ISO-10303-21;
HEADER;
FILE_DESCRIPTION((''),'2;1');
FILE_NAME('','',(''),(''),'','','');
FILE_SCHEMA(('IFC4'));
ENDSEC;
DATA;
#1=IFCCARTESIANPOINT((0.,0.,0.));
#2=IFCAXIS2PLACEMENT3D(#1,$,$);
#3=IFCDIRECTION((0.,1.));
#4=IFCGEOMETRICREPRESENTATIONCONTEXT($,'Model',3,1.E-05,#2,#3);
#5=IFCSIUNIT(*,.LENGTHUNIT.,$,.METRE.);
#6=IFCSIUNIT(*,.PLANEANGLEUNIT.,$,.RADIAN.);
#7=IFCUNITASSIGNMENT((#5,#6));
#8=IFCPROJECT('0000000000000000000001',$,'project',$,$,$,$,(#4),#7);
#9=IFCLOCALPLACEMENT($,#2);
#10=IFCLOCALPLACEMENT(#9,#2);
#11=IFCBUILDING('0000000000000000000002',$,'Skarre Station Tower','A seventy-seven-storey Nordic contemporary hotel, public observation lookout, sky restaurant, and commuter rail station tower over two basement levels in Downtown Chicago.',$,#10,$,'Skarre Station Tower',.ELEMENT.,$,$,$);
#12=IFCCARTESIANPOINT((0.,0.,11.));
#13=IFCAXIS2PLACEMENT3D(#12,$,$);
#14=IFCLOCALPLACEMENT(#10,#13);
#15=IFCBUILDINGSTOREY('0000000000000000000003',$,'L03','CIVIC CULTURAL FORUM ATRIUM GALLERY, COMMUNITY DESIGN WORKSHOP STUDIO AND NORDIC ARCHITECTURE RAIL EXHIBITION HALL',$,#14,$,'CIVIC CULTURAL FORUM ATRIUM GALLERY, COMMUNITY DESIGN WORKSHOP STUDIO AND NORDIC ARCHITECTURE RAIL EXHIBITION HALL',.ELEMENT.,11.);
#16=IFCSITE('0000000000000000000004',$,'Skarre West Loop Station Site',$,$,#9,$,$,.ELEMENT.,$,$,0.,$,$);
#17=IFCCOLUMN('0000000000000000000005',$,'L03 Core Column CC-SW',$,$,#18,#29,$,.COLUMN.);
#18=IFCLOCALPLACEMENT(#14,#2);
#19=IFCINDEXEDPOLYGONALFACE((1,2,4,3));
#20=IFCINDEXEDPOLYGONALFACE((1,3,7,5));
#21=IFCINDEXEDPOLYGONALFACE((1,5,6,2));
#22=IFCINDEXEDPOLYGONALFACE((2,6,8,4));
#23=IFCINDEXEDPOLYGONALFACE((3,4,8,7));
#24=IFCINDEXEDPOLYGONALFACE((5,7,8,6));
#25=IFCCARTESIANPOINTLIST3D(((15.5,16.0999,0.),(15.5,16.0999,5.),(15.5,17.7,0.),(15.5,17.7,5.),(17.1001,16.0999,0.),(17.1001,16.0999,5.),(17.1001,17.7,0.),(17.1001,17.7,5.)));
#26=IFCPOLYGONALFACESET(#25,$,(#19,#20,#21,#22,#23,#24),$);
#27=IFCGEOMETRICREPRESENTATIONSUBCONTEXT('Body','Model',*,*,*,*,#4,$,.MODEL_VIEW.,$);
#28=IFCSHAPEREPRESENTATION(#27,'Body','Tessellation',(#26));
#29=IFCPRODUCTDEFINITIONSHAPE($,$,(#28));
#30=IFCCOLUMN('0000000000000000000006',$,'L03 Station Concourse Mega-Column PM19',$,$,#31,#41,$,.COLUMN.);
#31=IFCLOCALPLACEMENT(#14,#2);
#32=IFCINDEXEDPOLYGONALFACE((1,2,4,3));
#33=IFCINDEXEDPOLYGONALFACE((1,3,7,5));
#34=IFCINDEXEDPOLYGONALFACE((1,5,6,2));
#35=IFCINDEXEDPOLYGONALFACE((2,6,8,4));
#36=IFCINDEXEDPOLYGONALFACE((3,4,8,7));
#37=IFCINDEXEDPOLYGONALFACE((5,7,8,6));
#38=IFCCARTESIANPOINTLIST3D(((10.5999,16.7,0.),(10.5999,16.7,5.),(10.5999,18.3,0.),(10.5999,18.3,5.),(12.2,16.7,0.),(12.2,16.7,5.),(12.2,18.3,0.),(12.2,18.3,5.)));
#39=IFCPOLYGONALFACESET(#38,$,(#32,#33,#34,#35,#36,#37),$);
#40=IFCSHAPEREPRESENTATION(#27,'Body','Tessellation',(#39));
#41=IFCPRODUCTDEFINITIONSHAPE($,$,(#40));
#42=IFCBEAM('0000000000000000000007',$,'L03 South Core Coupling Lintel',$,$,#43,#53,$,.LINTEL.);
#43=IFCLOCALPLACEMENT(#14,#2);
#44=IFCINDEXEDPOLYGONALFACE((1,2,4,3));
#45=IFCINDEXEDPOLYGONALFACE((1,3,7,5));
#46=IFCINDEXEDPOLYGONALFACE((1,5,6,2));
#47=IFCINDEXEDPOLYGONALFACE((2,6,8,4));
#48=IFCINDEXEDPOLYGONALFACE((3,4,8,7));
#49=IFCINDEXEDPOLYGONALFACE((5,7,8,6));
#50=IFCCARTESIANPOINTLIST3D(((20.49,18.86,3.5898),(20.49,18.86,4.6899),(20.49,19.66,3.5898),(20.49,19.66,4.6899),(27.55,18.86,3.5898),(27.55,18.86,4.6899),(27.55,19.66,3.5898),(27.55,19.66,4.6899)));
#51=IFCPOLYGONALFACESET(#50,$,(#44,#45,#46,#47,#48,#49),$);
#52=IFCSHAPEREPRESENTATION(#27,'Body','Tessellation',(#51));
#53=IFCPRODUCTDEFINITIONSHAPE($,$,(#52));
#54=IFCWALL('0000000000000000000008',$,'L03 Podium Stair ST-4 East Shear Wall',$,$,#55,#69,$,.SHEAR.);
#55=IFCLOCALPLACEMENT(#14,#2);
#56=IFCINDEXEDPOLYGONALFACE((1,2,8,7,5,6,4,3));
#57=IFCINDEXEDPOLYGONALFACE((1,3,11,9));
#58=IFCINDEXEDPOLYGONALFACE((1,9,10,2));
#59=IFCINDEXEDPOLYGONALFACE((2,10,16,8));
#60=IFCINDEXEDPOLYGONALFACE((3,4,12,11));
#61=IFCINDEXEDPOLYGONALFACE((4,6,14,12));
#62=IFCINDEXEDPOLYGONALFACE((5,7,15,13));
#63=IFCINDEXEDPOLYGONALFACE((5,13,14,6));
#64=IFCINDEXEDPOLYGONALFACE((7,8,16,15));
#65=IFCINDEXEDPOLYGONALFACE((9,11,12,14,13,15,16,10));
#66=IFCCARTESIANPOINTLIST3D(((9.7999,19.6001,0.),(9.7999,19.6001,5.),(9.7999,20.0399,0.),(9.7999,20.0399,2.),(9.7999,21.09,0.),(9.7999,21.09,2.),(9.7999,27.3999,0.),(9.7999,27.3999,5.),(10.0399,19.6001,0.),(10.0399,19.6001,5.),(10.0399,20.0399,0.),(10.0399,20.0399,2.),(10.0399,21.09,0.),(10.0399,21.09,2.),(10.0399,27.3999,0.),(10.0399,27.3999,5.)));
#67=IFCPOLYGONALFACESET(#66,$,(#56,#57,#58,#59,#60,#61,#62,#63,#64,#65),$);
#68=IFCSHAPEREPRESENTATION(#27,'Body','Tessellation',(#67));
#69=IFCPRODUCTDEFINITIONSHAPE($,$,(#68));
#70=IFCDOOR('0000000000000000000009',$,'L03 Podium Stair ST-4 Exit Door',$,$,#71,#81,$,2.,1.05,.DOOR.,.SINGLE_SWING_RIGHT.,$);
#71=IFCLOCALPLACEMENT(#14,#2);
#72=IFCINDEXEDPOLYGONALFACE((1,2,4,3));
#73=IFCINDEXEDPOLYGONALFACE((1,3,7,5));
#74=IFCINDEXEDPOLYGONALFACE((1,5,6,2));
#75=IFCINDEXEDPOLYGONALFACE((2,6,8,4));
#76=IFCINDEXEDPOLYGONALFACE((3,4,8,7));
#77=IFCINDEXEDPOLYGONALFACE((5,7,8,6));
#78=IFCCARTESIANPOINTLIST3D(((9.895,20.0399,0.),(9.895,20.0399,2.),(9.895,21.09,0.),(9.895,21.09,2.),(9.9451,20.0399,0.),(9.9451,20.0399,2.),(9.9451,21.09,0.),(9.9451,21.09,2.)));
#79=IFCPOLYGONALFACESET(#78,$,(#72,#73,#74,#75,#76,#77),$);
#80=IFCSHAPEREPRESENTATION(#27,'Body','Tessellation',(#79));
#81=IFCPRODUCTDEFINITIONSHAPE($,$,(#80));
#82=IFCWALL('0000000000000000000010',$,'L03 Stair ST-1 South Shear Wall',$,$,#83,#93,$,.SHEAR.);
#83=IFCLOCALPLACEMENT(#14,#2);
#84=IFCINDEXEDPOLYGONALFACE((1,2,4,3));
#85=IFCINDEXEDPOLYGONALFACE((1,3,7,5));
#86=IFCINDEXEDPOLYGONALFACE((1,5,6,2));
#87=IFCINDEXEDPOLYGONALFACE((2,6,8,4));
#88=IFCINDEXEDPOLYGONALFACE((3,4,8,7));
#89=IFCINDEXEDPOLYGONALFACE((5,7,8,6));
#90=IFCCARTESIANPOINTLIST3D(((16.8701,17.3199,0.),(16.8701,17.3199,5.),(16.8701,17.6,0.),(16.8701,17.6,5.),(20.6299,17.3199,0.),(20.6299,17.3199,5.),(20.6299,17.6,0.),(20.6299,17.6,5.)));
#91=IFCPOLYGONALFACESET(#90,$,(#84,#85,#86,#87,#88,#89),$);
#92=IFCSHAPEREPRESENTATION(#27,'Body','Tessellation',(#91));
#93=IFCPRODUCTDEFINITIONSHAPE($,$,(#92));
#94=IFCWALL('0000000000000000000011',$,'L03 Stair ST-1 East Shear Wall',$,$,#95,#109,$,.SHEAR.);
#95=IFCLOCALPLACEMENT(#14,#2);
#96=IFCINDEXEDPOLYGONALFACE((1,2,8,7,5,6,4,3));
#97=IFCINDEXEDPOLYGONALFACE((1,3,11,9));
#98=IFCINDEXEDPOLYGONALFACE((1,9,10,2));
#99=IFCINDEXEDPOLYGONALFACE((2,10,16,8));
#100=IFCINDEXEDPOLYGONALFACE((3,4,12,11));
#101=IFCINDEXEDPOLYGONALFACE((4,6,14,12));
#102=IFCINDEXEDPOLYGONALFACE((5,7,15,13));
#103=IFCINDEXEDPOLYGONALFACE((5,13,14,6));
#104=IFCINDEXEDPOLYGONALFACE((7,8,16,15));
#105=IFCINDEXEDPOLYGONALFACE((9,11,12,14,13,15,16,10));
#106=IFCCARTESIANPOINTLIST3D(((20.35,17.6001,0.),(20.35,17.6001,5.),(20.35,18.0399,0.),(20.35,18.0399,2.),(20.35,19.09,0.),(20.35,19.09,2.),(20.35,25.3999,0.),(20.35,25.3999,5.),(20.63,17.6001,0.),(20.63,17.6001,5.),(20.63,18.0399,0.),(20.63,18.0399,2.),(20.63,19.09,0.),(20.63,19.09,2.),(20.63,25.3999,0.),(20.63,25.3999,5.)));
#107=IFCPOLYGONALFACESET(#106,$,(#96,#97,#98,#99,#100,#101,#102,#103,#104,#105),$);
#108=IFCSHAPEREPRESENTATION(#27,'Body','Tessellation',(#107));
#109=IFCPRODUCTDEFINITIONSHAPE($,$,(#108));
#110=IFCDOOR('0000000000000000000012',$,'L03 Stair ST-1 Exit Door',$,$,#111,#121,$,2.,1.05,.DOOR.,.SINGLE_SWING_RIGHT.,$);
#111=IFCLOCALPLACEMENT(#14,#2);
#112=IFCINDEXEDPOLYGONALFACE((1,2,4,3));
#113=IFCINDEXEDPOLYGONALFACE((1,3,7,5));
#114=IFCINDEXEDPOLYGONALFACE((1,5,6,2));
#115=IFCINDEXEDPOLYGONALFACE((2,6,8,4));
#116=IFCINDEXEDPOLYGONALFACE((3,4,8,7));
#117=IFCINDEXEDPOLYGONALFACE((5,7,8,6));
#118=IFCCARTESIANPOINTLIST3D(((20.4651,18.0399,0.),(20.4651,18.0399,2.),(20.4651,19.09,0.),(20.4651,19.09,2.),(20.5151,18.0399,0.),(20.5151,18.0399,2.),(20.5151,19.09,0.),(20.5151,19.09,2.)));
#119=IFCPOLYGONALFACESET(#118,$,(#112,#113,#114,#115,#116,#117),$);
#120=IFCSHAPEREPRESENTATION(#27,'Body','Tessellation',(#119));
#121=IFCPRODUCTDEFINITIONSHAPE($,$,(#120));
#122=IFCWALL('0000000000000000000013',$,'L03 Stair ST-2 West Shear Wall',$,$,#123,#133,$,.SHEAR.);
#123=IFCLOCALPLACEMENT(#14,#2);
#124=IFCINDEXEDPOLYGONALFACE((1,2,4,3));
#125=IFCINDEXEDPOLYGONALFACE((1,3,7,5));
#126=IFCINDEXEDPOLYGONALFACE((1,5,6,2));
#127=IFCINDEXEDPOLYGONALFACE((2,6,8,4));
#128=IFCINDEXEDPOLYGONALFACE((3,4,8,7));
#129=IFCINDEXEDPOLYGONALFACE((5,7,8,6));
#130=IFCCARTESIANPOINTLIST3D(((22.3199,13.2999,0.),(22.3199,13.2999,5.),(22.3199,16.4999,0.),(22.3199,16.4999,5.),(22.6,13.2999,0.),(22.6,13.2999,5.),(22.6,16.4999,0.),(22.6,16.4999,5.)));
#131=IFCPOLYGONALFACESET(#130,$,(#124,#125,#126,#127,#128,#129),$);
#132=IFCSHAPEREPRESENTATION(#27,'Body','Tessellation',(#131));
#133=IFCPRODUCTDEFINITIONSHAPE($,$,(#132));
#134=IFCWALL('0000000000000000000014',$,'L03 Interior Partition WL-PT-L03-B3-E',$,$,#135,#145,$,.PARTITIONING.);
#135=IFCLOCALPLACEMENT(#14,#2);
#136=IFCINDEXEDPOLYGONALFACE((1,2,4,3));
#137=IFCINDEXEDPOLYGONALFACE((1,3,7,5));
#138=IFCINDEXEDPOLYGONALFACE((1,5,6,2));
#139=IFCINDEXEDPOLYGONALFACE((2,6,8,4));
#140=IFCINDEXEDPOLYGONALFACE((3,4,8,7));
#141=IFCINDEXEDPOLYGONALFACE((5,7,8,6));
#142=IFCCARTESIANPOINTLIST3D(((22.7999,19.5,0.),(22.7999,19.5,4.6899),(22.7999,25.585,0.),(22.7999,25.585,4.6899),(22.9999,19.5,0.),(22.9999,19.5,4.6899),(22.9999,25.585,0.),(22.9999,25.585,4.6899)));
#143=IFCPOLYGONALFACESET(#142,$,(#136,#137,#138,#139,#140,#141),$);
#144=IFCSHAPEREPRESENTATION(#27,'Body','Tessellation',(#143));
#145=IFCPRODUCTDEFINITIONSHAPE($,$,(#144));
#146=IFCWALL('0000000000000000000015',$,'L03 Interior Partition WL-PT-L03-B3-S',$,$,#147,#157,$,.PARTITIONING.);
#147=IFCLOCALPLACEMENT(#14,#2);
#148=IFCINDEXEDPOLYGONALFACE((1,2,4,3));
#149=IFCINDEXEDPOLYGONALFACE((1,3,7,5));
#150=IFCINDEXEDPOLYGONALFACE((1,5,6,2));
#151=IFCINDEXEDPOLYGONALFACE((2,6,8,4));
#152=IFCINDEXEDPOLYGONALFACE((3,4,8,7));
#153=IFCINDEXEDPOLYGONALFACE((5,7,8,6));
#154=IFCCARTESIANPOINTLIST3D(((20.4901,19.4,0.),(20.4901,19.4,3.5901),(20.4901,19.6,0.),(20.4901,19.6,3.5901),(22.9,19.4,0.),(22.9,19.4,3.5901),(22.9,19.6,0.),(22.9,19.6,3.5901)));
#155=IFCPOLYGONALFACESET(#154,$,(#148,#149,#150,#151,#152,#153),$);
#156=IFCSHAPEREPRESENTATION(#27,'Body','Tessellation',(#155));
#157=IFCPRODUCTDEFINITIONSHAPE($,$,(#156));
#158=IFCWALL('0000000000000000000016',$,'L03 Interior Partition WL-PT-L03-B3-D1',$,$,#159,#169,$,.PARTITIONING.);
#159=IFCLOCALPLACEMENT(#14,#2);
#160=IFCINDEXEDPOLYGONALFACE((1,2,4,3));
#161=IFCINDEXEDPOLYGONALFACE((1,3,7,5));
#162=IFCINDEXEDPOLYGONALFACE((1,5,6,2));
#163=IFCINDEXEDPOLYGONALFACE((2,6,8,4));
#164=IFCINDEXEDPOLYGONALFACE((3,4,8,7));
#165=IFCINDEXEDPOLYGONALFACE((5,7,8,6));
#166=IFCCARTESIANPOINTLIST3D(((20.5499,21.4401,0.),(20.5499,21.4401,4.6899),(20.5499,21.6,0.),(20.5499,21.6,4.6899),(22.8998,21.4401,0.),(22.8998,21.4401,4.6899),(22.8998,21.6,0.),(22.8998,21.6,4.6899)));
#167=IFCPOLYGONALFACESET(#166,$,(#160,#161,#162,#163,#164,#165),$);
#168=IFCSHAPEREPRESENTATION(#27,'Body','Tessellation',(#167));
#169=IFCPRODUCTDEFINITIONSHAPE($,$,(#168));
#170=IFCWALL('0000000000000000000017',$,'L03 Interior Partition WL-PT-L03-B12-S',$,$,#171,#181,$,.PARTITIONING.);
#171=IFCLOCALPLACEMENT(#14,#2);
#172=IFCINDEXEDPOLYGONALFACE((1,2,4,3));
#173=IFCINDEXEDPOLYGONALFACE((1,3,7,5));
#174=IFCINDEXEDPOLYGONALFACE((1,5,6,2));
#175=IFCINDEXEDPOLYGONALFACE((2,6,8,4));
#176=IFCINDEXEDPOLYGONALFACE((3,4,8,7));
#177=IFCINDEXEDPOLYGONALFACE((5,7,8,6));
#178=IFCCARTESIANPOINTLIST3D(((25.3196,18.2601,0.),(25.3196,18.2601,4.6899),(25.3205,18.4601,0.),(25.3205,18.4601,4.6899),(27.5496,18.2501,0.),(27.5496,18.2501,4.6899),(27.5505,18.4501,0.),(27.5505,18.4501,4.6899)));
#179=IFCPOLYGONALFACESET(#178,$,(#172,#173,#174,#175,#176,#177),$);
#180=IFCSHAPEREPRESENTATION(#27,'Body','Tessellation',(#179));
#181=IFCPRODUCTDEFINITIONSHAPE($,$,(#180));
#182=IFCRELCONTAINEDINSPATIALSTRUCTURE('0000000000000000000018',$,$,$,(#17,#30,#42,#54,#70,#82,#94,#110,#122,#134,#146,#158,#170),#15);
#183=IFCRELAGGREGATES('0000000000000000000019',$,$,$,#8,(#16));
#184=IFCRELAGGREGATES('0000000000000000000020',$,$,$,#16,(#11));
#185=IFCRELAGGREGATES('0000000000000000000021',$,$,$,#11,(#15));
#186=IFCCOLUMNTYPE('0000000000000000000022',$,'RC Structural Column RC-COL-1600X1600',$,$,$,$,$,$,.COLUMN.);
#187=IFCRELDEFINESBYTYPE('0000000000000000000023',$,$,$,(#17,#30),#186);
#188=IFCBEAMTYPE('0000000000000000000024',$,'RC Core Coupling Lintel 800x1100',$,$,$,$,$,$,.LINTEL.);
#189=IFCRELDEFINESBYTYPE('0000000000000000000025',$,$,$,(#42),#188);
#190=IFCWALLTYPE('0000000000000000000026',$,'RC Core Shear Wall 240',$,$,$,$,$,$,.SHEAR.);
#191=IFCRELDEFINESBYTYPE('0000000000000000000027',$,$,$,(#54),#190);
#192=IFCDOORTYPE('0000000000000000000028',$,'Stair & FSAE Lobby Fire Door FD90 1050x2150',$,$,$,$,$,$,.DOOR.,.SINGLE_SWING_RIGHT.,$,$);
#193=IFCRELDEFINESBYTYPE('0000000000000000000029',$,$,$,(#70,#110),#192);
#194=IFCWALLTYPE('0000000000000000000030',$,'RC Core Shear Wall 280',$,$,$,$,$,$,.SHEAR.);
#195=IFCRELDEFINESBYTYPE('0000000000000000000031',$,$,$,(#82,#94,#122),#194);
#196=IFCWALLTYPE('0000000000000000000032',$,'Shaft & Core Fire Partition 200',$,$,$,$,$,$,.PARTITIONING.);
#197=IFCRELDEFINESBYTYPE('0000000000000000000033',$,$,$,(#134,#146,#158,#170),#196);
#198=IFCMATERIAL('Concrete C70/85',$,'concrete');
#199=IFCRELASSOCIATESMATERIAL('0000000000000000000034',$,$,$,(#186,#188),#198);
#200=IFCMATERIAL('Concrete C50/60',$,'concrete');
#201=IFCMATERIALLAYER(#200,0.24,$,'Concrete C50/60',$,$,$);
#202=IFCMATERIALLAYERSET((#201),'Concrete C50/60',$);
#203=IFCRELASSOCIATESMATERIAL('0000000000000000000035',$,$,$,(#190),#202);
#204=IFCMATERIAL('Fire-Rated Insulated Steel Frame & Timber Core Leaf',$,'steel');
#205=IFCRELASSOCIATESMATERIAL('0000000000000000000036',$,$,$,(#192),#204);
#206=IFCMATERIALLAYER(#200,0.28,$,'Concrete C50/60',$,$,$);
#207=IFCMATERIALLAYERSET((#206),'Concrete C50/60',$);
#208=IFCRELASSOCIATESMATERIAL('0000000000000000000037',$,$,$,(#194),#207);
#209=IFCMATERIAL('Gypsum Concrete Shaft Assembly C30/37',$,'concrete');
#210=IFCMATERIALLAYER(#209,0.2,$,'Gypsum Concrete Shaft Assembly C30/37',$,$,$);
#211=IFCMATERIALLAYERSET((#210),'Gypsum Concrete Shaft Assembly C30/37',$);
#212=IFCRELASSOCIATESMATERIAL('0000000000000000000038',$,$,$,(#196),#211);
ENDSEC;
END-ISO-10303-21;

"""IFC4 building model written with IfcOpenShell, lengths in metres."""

from ifc_helpers import new_model, si_unit, direction, frame, frame_2d, origin, origin_2d, place, context, subcontext, project, spatial, rectangle, extrude, material, layer, layer_set, material_profile, profile_set, type_object, element, fill, save


model = new_model("IFC4")

# Units and contexts
model_context = context("Model", 3, precision=1e-05, world=origin(), true_north=direction((0.0, 1.0)))
body_context = subcontext(model_context, "Body", "Model", "MODEL_VIEW")
ifc_project = project(units=[si_unit("LENGTHUNIT", "METRE"), si_unit("PLANEANGLEUNIT", "RADIAN")], contexts=[model_context])

# Site, building, storey
site_placement = place(None, origin())
site = spatial("IfcSite", under=ifc_project, at=site_placement, Name="Skarre West Loop Station Site", CompositionType="ELEMENT", RefElevation=0.0)
building_placement = place(site_placement, origin())
building = spatial("IfcBuilding", under=site, at=building_placement, Name="Skarre Station Tower", Description="A seventy-seven-storey Nordic contemporary hotel, public observation lookout, sky restaurant, and commuter rail station tower over two basement levels in Downtown Chicago.", LongName="Skarre Station Tower", CompositionType="ELEMENT")
storey_placement = place(building_placement, frame((0.0, 0.0, 11.0)))
storey = spatial("IfcBuildingStorey", under=building, at=storey_placement, Name="L03", Description="CIVIC CULTURAL FORUM ATRIUM GALLERY, COMMUNITY DESIGN WORKSHOP STUDIO AND NORDIC ARCHITECTURE RAIL EXHIBITION HALL", LongName="CIVIC CULTURAL FORUM ATRIUM GALLERY, COMMUNITY DESIGN WORKSHOP STUDIO AND NORDIC ARCHITECTURE RAIL EXHIBITION HALL", CompositionType="ELEMENT", Elevation=11.0)

# Columns
ifc_material_1 = material(Name="Concrete C70/85", Category="concrete")
ifc_material_profile_1 = material_profile(ifc_material_1, rectangle(XDim=1.6001, YDim=1.6001, at=origin_2d()), Name="Concrete C70/85")
ifc_profile_set_1 = profile_set([ifc_material_profile_1], Name="Concrete C70/85")
column_type = type_object("IfcColumnType", Name="RC Structural Column RC-COL-1600X1600", PredefinedType="COLUMN", material=ifc_profile_set_1)
for number, where, z_axis, x_axis, name in (
    (1, (16.3, 16.8999, 0.0), (0.0, 0.0, 1.0), (1.0, 0.0, 0.0), "L03 Core Column CC-SW"),
    (2, (11.3999, 17.5, 0.0), (0.0, 0.0, 1.0), (1.0, 0.0, 0.0), "L03 Station Concourse Mega-Column PM19"),
):
    element("IfcColumn", number, at=place(storey_placement, frame(where, z_axis=z_axis, x_axis=x_axis)), inside=storey, type_object=column_type, Name=name, PredefinedType="COLUMN", context=body_context, shape_type="SweptSolid", body=[
        extrude(rectangle(XDim=1.6001, YDim=1.6001, at=origin_2d()), origin(), (0.0, 0.0, 1.0), 5.0),
    ])

# Beam
ifc_material_profile_2 = material_profile(ifc_material_1, rectangle(XDim=0.8, YDim=1.1001, at=origin_2d()), Name="Concrete C70/85")
ifc_profile_set_2 = profile_set([ifc_material_profile_2], Name="Concrete C70/85")
beam_type = type_object("IfcBeamType", Name="RC Core Coupling Lintel 800x1100", PredefinedType="LINTEL", material=ifc_profile_set_2)
beam_placement = place(storey_placement, frame((20.49, 19.26, 4.1399), z_axis=(1.0, 0.0, 0.0), x_axis=(0.0, 1.0, 0.0)))
element("IfcBeam", 3, at=beam_placement, inside=storey, type_object=beam_type, Name="L03 South Core Coupling Lintel", PredefinedType="LINTEL", context=body_context, shape_type="SweptSolid", body=[
    extrude(rectangle(XDim=0.8, YDim=1.1001, at=origin_2d()), origin(), (0.0, 0.0, 1.0), 7.0601),
])

# Wall, opening, door
ifc_material_2 = material(Name="Concrete C50/60", Category="concrete")
ifc_layer_1 = layer(ifc_material_2, 0.24, Name="Concrete C50/60")
ifc_layer_set_1 = layer_set([ifc_layer_1], Name="Concrete C50/60")
wall_type_1 = type_object("IfcWallType", Name="RC Core Shear Wall 240", PredefinedType="SHEAR", material=ifc_layer_set_1)
wall_1_placement = place(storey_placement, frame((9.9199, 19.6001, 0.0), z_axis=(0.0, 0.0, 1.0), x_axis=(0.0, 1.0, 0.0)))
wall_1 = element("IfcWall", 4, at=wall_1_placement, inside=storey, type_object=wall_type_1, Name="L03 Podium Stair ST-4 East Shear Wall", PredefinedType="SHEAR", context=body_context, shape_type="SweptSolid", body=[
    extrude(rectangle(XDim=7.7998, YDim=0.24, at=frame_2d((3.8999, 0.0))), origin(), (0.0, 0.0, 1.0), 5.0),
])
opening_1_placement = place(wall_1_placement, frame((0.4399, 0.0, 0.0)))
opening_1 = element("IfcOpeningElement", 5, at=opening_1_placement, cuts=wall_1, PredefinedType="OPENING", context=body_context, shape_type="SweptSolid", body=[
    extrude(rectangle(XDim=1.05, YDim=2.0, at=frame_2d((0.5249, 1.0))), frame((0.0, 0.1299, 0.0), z_axis=(0.0, -1.0, 0.0), x_axis=(1.0, 0.0, 0.0)), (0.0, 0.0, 1.0), 0.26),
])
ifc_material_3 = material(Name="Fire-Rated Insulated Steel Frame & Timber Core Leaf", Category="steel")
door_type = type_object("IfcDoorType", Name="Stair & FSAE Lobby Fire Door FD90 1050x2150", OperationType="SINGLE_SWING_RIGHT", PredefinedType="DOOR", material=ifc_material_3)
door_1_placement = place(opening_1_placement, origin())
door_1 = element("IfcDoor", 6, at=door_1_placement, inside=storey, type_object=door_type, Name="L03 Podium Stair ST-4 Exit Door", OperationType="SINGLE_SWING_RIGHT", OverallHeight=2.0, OverallWidth=1.05, PredefinedType="DOOR", context=body_context, shape_type="SweptSolid", body=[
    extrude(rectangle(XDim=1.05, YDim=2.0, at=frame_2d((0.5249, 1.0))), frame((0.0, 0.0249, 0.0), z_axis=(0.0, -1.0, 0.0), x_axis=(1.0, 0.0, 0.0)), (0.0, 0.0, 1.0), 0.05),
])
fill(opening_1, door_1)

# Wall
ifc_layer_2 = layer(ifc_material_2, 0.28, Name="Concrete C50/60")
ifc_layer_set_2 = layer_set([ifc_layer_2], Name="Concrete C50/60")
wall_type_2 = type_object("IfcWallType", Name="RC Core Shear Wall 280", PredefinedType="SHEAR", material=ifc_layer_set_2)
wall_2_placement = place(storey_placement, frame((16.8701, 17.46, 0.0), z_axis=(0.0, 0.0, 1.0), x_axis=(1.0, 0.0, 0.0)))
element("IfcWall", 7, at=wall_2_placement, inside=storey, type_object=wall_type_2, Name="L03 Stair ST-1 South Shear Wall", PredefinedType="SHEAR", context=body_context, shape_type="SweptSolid", body=[
    extrude(rectangle(XDim=3.7598, YDim=0.28, at=frame_2d((1.8799, 0.0))), origin(), (0.0, 0.0, 1.0), 5.0),
])

# Wall, opening, door
wall_3_placement = place(storey_placement, frame((20.49, 17.6001, 0.0), z_axis=(0.0, 0.0, 1.0), x_axis=(0.0, 1.0, 0.0)))
wall_3 = element("IfcWall", 8, at=wall_3_placement, inside=storey, type_object=wall_type_2, Name="L03 Stair ST-1 East Shear Wall", PredefinedType="SHEAR", context=body_context, shape_type="SweptSolid", body=[
    extrude(rectangle(XDim=7.7998, YDim=0.28, at=frame_2d((3.8999, 0.0))), origin(), (0.0, 0.0, 1.0), 5.0),
])
opening_2_placement = place(wall_3_placement, frame((0.4399, 0.0, 0.0)))
opening_2 = element("IfcOpeningElement", 9, at=opening_2_placement, cuts=wall_3, PredefinedType="OPENING", context=body_context, shape_type="SweptSolid", body=[
    extrude(rectangle(XDim=1.05, YDim=2.0, at=frame_2d((0.5249, 1.0))), frame((0.0, 0.1499, 0.0), z_axis=(0.0, -1.0, 0.0), x_axis=(1.0, 0.0, 0.0)), (0.0, 0.0, 1.0), 0.3),
])
door_2_placement = place(opening_2_placement, origin())
door_2 = element("IfcDoor", 10, at=door_2_placement, inside=storey, type_object=door_type, Name="L03 Stair ST-1 Exit Door", OperationType="SINGLE_SWING_RIGHT", OverallHeight=2.0, OverallWidth=1.05, PredefinedType="DOOR", context=body_context, shape_type="SweptSolid", body=[
    extrude(rectangle(XDim=1.05, YDim=2.0, at=frame_2d((0.5249, 1.0))), frame((0.0, 0.0249, 0.0), z_axis=(0.0, -1.0, 0.0), x_axis=(1.0, 0.0, 0.0)), (0.0, 0.0, 1.0), 0.05),
])
fill(opening_2, door_2)

# Walls
wall_4_placement = place(storey_placement, frame((22.46, 16.5, 0.0), z_axis=(0.0, 0.0, 1.0), x_axis=(0.0, -1.0, 0.0)))
element("IfcWall", 11, at=wall_4_placement, inside=storey, type_object=wall_type_2, Name="L03 Stair ST-2 West Shear Wall", PredefinedType="SHEAR", context=body_context, shape_type="SweptSolid", body=[
    extrude(rectangle(XDim=3.2, YDim=0.28, at=frame_2d((1.6001, 0.0))), origin(), (0.0, 0.0, 1.0), 5.0),
])
ifc_material_4 = material(Name="Gypsum Concrete Shaft Assembly C30/37", Category="concrete")
ifc_layer_3 = layer(ifc_material_4, 0.2, Name="Gypsum Concrete Shaft Assembly C30/37")
ifc_layer_set_3 = layer_set([ifc_layer_3], Name="Gypsum Concrete Shaft Assembly C30/37")
wall_type_3 = type_object("IfcWallType", Name="Shaft & Core Fire Partition 200", PredefinedType="PARTITIONING", material=ifc_layer_set_3)
wall_5_placement = place(storey_placement, frame((22.8999, 19.5, 0.0), z_axis=(0.0, 0.0, 1.0), x_axis=(0.0, 1.0, 0.0)))
element("IfcWall", 12, at=wall_5_placement, inside=storey, type_object=wall_type_3, Name="L03 Interior Partition WL-PT-L03-B3-E", PredefinedType="PARTITIONING", context=body_context, shape_type="SweptSolid", body=[
    extrude(rectangle(XDim=6.085, YDim=0.2, at=frame_2d((3.0425, 0.0))), origin(), (0.0, 0.0, 1.0), 4.6899),
])
wall_6_placement = place(storey_placement, frame((20.49, 19.5, 0.0), z_axis=(0.0, 0.0, 1.0), x_axis=(1.0, 0.0, 0.0)))
element("IfcWall", 13, at=wall_6_placement, inside=storey, type_object=wall_type_3, Name="L03 Interior Partition WL-PT-L03-B3-S", PredefinedType="PARTITIONING", context=body_context, shape_type="SweptSolid", body=[
    extrude(rectangle(XDim=2.4099, YDim=0.2, at=frame_2d((1.2051, 0.0))), origin(), (0.0, 0.0, 1.0), 3.5901),
])
wall_7_placement = place(storey_placement, frame((20.55, 21.52, 0.0), z_axis=(0.0, 0.0, 1.0), x_axis=(1.0, 0.0, 0.0)))
element("IfcWall", 14, at=wall_7_placement, inside=storey, type_object=wall_type_3, Name="L03 Interior Partition WL-PT-L03-B3-D1", PredefinedType="PARTITIONING", context=body_context, shape_type="SweptSolid", body=[
    extrude(rectangle(XDim=2.3499, YDim=0.1599, at=frame_2d((1.1748, 0.0))), origin(), (0.0, 0.0, 1.0), 4.6899),
])
wall_8_placement = place(storey_placement, frame((25.3201, 18.3601, 0.0), z_axis=(0.0, 0.0, 1.0), x_axis=(0.99999, -0.004489, 0.0)))
element("IfcWall", 15, at=wall_8_placement, inside=storey, type_object=wall_type_3, Name="L03 Interior Partition WL-PT-L03-B12-S", PredefinedType="PARTITIONING", context=body_context, shape_type="SweptSolid", body=[
    extrude(rectangle(XDim=2.23, YDim=0.2, at=frame_2d((1.115, 0.0))), origin(), (0.0, 0.0, 1.0), 4.6899),
])

save(model, "model.ifc")
